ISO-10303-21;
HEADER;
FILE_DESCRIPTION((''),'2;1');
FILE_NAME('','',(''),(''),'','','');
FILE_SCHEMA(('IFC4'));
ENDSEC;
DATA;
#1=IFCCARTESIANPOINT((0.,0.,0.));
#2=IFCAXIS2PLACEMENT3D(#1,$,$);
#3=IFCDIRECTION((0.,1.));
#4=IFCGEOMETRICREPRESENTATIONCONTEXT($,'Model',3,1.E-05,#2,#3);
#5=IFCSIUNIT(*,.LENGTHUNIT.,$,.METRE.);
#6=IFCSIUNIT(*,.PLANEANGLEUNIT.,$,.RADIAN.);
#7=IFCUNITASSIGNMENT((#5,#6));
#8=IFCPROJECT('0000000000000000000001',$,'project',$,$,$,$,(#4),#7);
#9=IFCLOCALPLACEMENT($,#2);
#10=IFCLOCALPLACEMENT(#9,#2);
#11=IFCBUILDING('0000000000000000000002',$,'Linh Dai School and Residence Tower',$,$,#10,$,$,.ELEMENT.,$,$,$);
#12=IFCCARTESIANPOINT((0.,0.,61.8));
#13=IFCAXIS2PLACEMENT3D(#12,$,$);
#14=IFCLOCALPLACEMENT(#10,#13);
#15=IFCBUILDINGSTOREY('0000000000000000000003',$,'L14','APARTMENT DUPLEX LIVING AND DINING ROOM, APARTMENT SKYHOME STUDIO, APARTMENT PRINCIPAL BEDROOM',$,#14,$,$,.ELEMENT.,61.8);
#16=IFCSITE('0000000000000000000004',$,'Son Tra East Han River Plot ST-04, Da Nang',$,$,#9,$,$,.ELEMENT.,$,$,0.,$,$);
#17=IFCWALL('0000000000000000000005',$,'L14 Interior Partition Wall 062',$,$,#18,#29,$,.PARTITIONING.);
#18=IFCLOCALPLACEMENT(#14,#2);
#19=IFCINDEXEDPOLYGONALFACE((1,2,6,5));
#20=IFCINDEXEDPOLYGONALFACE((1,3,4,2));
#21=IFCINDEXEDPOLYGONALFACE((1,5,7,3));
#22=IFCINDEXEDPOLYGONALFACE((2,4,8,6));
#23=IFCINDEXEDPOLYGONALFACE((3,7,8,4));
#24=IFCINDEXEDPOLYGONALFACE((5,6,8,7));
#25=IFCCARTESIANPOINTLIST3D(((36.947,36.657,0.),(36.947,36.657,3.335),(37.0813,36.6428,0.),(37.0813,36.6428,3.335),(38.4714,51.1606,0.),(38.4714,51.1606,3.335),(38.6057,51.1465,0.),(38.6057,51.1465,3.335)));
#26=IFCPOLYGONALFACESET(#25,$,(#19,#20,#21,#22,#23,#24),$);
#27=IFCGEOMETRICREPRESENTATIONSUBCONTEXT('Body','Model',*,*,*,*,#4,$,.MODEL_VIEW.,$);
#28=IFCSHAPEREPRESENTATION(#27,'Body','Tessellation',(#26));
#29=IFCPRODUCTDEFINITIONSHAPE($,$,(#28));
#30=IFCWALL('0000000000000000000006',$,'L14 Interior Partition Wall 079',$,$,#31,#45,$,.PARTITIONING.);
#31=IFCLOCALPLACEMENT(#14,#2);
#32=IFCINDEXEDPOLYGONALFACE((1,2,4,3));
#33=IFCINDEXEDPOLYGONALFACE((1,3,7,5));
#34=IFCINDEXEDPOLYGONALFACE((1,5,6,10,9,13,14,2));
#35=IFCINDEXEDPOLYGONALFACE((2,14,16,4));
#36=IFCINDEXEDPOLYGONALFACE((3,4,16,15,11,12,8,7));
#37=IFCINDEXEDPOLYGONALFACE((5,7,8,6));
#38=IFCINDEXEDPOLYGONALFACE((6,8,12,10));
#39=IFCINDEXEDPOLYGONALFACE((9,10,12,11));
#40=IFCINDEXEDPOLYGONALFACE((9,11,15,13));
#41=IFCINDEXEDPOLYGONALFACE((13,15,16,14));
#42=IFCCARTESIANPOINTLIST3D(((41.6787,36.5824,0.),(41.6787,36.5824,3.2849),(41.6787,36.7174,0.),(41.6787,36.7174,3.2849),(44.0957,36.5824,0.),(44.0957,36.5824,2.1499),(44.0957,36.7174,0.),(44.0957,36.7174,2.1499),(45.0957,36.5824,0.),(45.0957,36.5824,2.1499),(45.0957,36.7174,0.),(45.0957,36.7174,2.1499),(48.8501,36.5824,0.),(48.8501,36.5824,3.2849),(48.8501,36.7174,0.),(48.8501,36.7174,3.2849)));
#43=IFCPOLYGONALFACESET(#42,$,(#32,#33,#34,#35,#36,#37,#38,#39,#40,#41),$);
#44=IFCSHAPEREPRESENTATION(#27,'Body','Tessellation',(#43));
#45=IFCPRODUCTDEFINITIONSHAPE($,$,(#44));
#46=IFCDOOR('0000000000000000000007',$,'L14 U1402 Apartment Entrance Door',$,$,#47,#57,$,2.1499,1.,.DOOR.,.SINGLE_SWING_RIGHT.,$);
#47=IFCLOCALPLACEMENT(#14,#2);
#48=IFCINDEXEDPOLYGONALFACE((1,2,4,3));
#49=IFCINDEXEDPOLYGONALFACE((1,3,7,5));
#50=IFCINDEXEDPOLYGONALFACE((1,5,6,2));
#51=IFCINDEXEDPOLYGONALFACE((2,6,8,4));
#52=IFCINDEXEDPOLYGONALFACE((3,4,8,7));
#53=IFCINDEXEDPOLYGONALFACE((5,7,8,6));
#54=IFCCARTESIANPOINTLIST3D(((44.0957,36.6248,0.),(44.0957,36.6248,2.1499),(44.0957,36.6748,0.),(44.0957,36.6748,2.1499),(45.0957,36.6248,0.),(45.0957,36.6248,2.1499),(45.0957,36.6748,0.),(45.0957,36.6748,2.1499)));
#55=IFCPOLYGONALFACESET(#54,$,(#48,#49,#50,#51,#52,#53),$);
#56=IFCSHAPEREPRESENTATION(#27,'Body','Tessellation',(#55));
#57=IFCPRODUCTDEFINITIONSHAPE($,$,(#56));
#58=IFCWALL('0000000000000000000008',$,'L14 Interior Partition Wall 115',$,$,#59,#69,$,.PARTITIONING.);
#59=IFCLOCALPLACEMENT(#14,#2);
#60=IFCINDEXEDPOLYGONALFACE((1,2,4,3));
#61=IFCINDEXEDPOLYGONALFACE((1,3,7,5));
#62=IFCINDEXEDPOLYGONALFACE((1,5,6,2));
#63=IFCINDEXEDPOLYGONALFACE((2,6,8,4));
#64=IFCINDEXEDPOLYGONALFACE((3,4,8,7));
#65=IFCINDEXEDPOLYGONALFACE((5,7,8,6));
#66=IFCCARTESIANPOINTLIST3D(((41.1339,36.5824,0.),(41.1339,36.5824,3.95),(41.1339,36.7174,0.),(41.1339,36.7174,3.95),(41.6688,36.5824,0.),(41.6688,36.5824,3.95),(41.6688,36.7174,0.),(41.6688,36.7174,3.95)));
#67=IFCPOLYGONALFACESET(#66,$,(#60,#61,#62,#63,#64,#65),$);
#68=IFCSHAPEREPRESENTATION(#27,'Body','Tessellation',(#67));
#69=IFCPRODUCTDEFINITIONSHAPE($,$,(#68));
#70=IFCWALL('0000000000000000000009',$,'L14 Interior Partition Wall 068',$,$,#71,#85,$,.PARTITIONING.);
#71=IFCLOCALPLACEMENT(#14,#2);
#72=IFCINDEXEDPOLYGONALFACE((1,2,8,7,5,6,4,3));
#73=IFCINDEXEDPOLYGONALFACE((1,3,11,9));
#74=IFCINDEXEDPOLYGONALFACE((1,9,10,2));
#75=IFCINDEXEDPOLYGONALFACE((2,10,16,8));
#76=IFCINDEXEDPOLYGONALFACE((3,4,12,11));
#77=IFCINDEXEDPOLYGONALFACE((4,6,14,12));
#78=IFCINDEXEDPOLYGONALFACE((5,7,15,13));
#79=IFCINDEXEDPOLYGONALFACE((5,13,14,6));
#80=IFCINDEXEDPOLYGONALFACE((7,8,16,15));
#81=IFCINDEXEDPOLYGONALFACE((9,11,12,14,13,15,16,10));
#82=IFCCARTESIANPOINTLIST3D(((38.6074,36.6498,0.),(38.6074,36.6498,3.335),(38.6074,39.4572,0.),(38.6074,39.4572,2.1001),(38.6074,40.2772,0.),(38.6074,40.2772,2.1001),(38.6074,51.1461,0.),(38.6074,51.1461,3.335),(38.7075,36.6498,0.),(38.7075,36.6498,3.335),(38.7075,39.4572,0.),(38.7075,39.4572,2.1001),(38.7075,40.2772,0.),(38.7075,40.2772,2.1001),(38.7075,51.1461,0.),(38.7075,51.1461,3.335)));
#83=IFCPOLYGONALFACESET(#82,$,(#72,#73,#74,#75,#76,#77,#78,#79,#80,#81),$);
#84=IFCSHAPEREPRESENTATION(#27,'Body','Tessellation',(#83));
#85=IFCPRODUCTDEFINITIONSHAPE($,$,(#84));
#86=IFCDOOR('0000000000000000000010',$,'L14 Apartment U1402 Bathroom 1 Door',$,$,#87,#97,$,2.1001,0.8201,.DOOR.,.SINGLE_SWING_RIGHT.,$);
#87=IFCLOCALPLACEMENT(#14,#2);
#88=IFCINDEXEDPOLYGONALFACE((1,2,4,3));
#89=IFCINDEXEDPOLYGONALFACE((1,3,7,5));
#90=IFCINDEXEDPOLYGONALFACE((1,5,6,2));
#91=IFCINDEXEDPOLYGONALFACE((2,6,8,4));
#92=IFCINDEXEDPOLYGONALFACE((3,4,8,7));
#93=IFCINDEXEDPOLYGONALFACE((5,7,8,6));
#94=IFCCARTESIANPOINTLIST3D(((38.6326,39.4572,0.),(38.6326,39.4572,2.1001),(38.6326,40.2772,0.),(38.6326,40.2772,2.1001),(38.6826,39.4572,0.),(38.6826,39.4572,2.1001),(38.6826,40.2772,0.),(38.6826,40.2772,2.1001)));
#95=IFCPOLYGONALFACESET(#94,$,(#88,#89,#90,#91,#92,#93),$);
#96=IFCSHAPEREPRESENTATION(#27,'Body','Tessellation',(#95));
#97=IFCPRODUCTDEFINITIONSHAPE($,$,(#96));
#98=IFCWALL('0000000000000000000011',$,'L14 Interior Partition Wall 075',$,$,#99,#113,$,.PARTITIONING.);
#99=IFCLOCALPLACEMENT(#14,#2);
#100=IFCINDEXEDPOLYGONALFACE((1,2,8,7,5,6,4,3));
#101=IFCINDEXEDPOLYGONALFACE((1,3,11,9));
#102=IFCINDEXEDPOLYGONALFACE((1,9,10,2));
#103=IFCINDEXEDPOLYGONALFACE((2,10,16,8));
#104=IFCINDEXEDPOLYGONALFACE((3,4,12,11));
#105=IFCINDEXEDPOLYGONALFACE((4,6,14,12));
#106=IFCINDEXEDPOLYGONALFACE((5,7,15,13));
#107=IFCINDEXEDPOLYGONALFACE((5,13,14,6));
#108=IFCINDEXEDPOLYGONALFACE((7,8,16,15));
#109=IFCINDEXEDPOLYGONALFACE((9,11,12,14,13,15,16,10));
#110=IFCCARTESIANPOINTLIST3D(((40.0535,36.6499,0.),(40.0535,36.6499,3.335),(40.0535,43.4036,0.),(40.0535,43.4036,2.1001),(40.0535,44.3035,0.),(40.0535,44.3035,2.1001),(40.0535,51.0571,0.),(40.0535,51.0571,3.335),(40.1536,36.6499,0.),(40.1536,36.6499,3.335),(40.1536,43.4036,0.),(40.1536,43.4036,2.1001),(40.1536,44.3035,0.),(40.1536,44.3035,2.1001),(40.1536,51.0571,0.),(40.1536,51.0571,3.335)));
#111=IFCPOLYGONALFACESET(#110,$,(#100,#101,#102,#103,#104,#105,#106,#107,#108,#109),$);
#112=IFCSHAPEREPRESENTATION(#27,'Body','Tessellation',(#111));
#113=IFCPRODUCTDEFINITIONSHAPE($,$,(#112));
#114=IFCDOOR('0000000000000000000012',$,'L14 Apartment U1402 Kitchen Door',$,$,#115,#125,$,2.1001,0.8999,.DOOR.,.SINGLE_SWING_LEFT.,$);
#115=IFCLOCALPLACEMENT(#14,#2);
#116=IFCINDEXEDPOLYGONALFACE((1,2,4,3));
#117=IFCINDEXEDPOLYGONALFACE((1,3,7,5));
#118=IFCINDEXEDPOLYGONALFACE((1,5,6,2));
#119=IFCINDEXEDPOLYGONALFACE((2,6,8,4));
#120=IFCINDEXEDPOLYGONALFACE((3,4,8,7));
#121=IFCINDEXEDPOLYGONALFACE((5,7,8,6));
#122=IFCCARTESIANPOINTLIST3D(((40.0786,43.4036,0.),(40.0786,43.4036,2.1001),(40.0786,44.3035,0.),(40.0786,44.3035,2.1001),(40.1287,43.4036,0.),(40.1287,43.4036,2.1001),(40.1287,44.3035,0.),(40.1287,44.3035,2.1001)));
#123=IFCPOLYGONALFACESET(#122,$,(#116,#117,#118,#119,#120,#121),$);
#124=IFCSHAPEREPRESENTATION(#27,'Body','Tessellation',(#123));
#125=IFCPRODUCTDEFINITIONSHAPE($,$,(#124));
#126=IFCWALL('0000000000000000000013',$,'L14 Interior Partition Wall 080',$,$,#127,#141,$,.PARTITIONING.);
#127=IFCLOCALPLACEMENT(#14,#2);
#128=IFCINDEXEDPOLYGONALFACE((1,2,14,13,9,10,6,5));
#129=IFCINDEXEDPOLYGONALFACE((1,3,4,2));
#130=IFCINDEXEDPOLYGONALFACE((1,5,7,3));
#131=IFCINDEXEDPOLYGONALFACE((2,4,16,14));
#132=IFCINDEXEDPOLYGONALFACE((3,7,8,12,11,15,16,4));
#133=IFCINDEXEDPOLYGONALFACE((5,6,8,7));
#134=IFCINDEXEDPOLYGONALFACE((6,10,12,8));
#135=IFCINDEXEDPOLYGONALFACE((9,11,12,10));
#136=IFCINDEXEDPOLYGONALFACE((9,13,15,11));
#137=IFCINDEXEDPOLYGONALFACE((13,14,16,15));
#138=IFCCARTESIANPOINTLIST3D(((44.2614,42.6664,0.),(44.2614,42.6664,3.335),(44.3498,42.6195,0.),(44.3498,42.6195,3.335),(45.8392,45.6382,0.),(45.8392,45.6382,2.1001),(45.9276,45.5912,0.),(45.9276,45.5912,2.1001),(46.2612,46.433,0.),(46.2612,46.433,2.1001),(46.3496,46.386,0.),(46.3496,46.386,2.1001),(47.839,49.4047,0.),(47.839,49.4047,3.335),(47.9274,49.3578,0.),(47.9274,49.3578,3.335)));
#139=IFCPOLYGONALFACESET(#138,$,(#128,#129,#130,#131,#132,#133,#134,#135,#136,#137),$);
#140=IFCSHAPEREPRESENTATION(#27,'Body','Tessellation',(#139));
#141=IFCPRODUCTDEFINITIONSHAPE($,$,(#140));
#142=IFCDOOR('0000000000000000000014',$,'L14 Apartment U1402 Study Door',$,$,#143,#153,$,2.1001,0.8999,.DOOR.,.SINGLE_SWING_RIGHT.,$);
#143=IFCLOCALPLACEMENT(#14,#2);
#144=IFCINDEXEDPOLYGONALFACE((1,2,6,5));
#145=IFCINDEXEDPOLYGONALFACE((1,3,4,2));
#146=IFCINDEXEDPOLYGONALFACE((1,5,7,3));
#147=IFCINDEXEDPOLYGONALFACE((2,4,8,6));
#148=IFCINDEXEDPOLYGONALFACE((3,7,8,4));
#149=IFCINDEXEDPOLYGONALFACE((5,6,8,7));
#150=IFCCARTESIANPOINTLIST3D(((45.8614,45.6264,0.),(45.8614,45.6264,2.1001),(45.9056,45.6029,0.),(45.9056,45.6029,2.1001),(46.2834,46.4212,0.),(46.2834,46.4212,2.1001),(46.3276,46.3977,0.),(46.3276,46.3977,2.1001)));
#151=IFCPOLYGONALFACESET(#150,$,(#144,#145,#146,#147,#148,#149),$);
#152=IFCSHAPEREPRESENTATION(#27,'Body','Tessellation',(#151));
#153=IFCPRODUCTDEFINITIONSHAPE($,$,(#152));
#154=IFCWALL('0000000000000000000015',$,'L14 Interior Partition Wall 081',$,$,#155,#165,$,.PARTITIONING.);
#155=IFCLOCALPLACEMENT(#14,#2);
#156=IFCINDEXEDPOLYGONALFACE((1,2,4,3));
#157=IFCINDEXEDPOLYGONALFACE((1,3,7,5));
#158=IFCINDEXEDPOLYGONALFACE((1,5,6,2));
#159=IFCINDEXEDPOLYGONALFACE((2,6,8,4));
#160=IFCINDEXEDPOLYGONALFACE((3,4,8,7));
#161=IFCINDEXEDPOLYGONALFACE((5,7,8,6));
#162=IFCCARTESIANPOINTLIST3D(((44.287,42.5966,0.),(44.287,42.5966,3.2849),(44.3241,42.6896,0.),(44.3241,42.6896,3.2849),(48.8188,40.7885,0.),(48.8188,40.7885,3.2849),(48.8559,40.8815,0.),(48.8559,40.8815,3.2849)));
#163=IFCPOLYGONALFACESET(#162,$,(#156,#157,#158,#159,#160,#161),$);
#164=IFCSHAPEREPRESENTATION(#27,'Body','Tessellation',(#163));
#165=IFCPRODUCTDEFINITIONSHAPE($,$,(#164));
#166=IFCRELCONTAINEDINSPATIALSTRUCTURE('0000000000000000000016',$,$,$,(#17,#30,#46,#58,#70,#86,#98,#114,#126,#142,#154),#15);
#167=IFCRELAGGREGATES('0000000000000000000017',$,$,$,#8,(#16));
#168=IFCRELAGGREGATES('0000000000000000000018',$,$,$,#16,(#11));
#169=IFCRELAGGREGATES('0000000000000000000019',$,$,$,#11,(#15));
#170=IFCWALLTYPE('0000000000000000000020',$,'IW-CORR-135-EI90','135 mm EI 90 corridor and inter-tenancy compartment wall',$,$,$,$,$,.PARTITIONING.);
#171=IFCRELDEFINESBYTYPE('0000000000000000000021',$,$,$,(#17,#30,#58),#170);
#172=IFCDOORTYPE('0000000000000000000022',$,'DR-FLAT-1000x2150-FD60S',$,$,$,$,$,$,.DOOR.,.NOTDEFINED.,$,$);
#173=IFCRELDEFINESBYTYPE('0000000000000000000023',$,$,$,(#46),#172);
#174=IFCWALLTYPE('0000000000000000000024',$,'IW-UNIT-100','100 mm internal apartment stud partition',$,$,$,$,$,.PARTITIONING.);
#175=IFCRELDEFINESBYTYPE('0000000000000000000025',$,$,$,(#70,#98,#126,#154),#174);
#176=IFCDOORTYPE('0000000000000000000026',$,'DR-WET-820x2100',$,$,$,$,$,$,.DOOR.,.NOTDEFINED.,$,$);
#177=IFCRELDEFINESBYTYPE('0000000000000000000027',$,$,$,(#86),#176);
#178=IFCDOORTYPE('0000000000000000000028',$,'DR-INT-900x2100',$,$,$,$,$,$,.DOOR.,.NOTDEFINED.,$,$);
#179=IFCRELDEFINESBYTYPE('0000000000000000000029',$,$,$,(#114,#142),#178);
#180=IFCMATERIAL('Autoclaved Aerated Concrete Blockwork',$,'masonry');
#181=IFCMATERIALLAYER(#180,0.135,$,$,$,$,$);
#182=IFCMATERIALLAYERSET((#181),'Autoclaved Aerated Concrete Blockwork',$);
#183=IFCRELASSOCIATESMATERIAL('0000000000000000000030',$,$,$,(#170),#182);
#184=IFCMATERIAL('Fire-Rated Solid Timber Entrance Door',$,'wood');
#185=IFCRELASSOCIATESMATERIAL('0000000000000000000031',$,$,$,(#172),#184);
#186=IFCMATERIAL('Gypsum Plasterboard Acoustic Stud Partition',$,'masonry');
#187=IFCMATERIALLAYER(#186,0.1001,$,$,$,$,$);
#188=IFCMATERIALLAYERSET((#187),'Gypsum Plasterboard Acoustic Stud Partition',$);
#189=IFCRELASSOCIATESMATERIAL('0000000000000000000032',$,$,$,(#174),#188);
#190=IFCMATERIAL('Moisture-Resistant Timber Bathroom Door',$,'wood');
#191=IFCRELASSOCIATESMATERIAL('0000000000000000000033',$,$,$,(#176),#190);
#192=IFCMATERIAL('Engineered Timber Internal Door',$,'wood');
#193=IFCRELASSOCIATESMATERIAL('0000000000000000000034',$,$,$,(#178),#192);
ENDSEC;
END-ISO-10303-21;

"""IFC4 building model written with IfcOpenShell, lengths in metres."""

from ifc_helpers import new_model, si_unit, direction, frame, frame_2d, origin, origin_2d, place, context, subcontext, project, spatial, rectangle, extrude, source, transform, mapped, material, layer, layer_set, type_object, element, fill, save


model = new_model("IFC4")

# Units and contexts
model_context = context("Model", 3, precision=1e-05, world=origin(), true_north=direction((0.0, 1.0)))
body_context = subcontext(model_context, "Body", "Model", "MODEL_VIEW")
ifc_project = project(units=[si_unit("LENGTHUNIT", "METRE"), si_unit("PLANEANGLEUNIT", "RADIAN")], contexts=[model_context])

# Site, building, storey
site_placement = place(None, origin())
site = spatial("IfcSite", under=ifc_project, at=site_placement, Name="Son Tra East Han River Plot ST-04, Da Nang", CompositionType="ELEMENT", RefElevation=0.0)
building_placement = place(site_placement, origin())
building = spatial("IfcBuilding", under=site, at=building_placement, Name="Linh Dai School and Residence Tower", CompositionType="ELEMENT")
storey_placement = place(building_placement, frame((0.0, 0.0, 61.8)))
storey = spatial("IfcBuildingStorey", under=building, at=storey_placement, Name="L14", Description="APARTMENT DUPLEX LIVING AND DINING ROOM, APARTMENT SKYHOME STUDIO, APARTMENT PRINCIPAL BEDROOM", CompositionType="ELEMENT", Elevation=61.8)

# Wall
ifc_material_1 = material(Name="Autoclaved Aerated Concrete Blockwork", Category="masonry")
ifc_layer_1 = layer(ifc_material_1, 0.135)
ifc_layer_set_1 = layer_set([ifc_layer_1], Name="Autoclaved Aerated Concrete Blockwork")
wall_type_1 = type_object("IfcWallType", Name="IW-CORR-135-EI90", Description="135 mm EI 90 corridor and inter-tenancy compartment wall", PredefinedType="PARTITIONING", material=ifc_layer_set_1)
wall_1_placement = place(storey_placement, frame((37.0142, 36.6499, 0.0), z_axis=(0.0, 0.0, 1.0), x_axis=(0.10453, 0.994522, 0.0)))
element("IfcWall", 1, at=wall_1_placement, inside=storey, type_object=wall_type_1, Name="L14 Interior Partition Wall 062", PredefinedType="PARTITIONING", context=body_context, shape_type="SweptSolid", body=[
    extrude(rectangle(XDim=14.5835, YDim=0.135, at=frame_2d((7.2917, 0.0))), origin(), (0.0, 0.0, 1.0), 3.335),
])

# Wall, opening, door
wall_2_placement = place(storey_placement, frame((41.6787, 36.6499, 0.0), z_axis=(0.0, 0.0, 1.0), x_axis=(1.0, 0.0, 0.0)))
wall_2 = element("IfcWall", 2, at=wall_2_placement, inside=storey, type_object=wall_type_1, Name="L14 Interior Partition Wall 079", PredefinedType="PARTITIONING", context=body_context, shape_type="SweptSolid", body=[
    extrude(rectangle(XDim=7.1714, YDim=0.135, at=frame_2d((3.5857, 0.0))), origin(), (0.0, 0.0, 1.0), 3.2849),
])
opening_1_placement = place(wall_2_placement, frame((2.417, 0.0, 0.0)))
opening_1 = element("IfcOpeningElement", 3, at=opening_1_placement, cuts=wall_2, PredefinedType="OPENING", context=body_context, shape_type="SweptSolid", body=[
    extrude(rectangle(XDim=1.0, YDim=2.1499, at=origin_2d()), frame((0.5, 0.0776, 1.075), z_axis=(0.0, -1.0, 0.0), x_axis=(1.0, 0.0, 0.0)), (0.0, 0.0, 1.0), 0.155),
])
ifc_material_2 = material(Name="Fire-Rated Solid Timber Entrance Door", Category="wood")
door_type_1 = type_object("IfcDoorType", Name="DR-FLAT-1000x2150-FD60S", OperationType="NOTDEFINED", PredefinedType="DOOR", material=ifc_material_2)
shared_shape_1 = source(origin(), body_context, "Body", "SweptSolid", [
    extrude(rectangle(XDim=1.0, YDim=2.1499, at=origin_2d()), frame((0.5, 0.0249, 1.075), z_axis=(0.0, -1.0, 0.0), x_axis=(1.0, 0.0, 0.0)), (0.0, 0.0, 1.0), 0.05),
])
door_1_placement = place(opening_1_placement, origin())
door_1 = element("IfcDoor", 4, at=door_1_placement, inside=storey, type_object=door_type_1, Name="L14 U1402 Apartment Entrance Door", OperationType="SINGLE_SWING_RIGHT", OverallHeight=2.1499, OverallWidth=1.0, PredefinedType="DOOR", context=body_context, shape_type="MappedRepresentation", body=[
    mapped(shared_shape_1, transform((0.0, 0.0, 0.0), x_axis=(1.0, 0.0, 0.0), y_axis=(0.0, 1.0, 0.0), z_axis=(0.0, 0.0, 1.0), scale=1.0)),
])
fill(opening_1, door_1)

# Wall
wall_3_placement = place(storey_placement, frame((41.1338, 36.6499, 0.0), z_axis=(0.0, 0.0, 1.0), x_axis=(1.0, 0.0, 0.0)))
element("IfcWall", 5, at=wall_3_placement, inside=storey, type_object=wall_type_1, Name="L14 Interior Partition Wall 115", PredefinedType="PARTITIONING", context=body_context, shape_type="SweptSolid", body=[
    extrude(rectangle(XDim=0.5349, YDim=0.135, at=frame_2d((0.2676, 0.0))), origin(), (0.0, 0.0, 1.0), 3.95),
])

# Walls, openings, doors
ifc_material_3 = material(Name="Gypsum Plasterboard Acoustic Stud Partition", Category="masonry")
ifc_layer_2 = layer(ifc_material_3, 0.1001)
ifc_layer_set_2 = layer_set([ifc_layer_2], Name="Gypsum Plasterboard Acoustic Stud Partition")
wall_type_2 = type_object("IfcWallType", Name="IW-UNIT-100", Description="100 mm internal apartment stud partition", PredefinedType="PARTITIONING", material=ifc_layer_set_2)
wall_4_placement = place(storey_placement, frame((38.6575, 36.6499, 0.0), z_axis=(0.0, 0.0, 1.0), x_axis=(0.0, 1.0, 0.0)))
wall_4 = element("IfcWall", 6, at=wall_4_placement, inside=storey, type_object=wall_type_2, Name="L14 Interior Partition Wall 068", PredefinedType="PARTITIONING", context=body_context, shape_type="SweptSolid", body=[
    extrude(rectangle(XDim=14.4963, YDim=0.1001, at=frame_2d((7.248, 0.0))), origin(), (0.0, 0.0, 1.0), 3.335),
])
opening_2_placement = place(wall_4_placement, frame((2.8071, 0.0, 0.0)))
opening_2 = element("IfcOpeningElement", 7, at=opening_2_placement, cuts=wall_4, PredefinedType="OPENING", context=body_context, shape_type="SweptSolid", body=[
    extrude(rectangle(XDim=0.8201, YDim=2.1001, at=origin_2d()), frame((0.4102, 0.0601, 1.05), z_axis=(0.0, -1.0, 0.0), x_axis=(1.0, 0.0, 0.0)), (0.0, 0.0, 1.0), 0.1201),
])
ifc_material_4 = material(Name="Moisture-Resistant Timber Bathroom Door", Category="wood")
door_type_2 = type_object("IfcDoorType", Name="DR-WET-820x2100", OperationType="NOTDEFINED", PredefinedType="DOOR", material=ifc_material_4)
shared_shape_2 = source(origin(), body_context, "Body", "SweptSolid", [
    extrude(rectangle(XDim=0.8201, YDim=2.1001, at=origin_2d()), frame((0.4102, 0.0249, 1.05), z_axis=(0.0, -1.0, 0.0), x_axis=(1.0, 0.0, 0.0)), (0.0, 0.0, 1.0), 0.05),
])
door_2_placement = place(opening_2_placement, origin())
door_2 = element("IfcDoor", 8, at=door_2_placement, inside=storey, type_object=door_type_2, Name="L14 Apartment U1402 Bathroom 1 Door", OperationType="SINGLE_SWING_RIGHT", OverallHeight=2.1001, OverallWidth=0.8201, PredefinedType="DOOR", context=body_context, shape_type="MappedRepresentation", body=[
    mapped(shared_shape_2, transform((0.0, 0.0, 0.0), x_axis=(1.0, 0.0, 0.0), y_axis=(0.0, 1.0, 0.0), z_axis=(0.0, 0.0, 1.0), scale=1.0)),
])
fill(opening_2, door_2)
wall_5_placement = place(storey_placement, frame((40.1035, 36.6499, 0.0), z_axis=(0.0, 0.0, 1.0), x_axis=(0.0, 1.0, 0.0)))
wall_5 = element("IfcWall", 9, at=wall_5_placement, inside=storey, type_object=wall_type_2, Name="L14 Interior Partition Wall 075", PredefinedType="PARTITIONING", context=body_context, shape_type="SweptSolid", body=[
    extrude(rectangle(XDim=14.4072, YDim=0.1001, at=frame_2d((7.2036, 0.0))), origin(), (0.0, 0.0, 1.0), 3.335),
])
opening_3_placement = place(wall_5_placement, frame((6.7537, 0.0, 0.0)))
opening_3 = element("IfcOpeningElement", 10, at=opening_3_placement, cuts=wall_5, PredefinedType="OPENING", context=body_context, shape_type="SweptSolid", body=[
    extrude(rectangle(XDim=0.8999, YDim=2.1001, at=origin_2d()), frame((0.45, 0.0601, 1.05), z_axis=(0.0, -1.0, 0.0), x_axis=(1.0, 0.0, 0.0)), (0.0, 0.0, 1.0), 0.1201),
])
ifc_material_5 = material(Name="Engineered Timber Internal Door", Category="wood")
door_type_3 = type_object("IfcDoorType", Name="DR-INT-900x2100", OperationType="NOTDEFINED", PredefinedType="DOOR", material=ifc_material_5)
shared_shape_3 = source(origin(), body_context, "Body", "SweptSolid", [
    extrude(rectangle(XDim=0.8999, YDim=2.1001, at=origin_2d()), frame((0.45, 0.0249, 1.05), z_axis=(0.0, -1.0, 0.0), x_axis=(1.0, 0.0, 0.0)), (0.0, 0.0, 1.0), 0.05),
])
door_3_placement = place(opening_3_placement, origin())
door_3 = element("IfcDoor", 11, at=door_3_placement, inside=storey, type_object=door_type_3, Name="L14 Apartment U1402 Kitchen Door", OperationType="SINGLE_SWING_LEFT", OverallHeight=2.1001, OverallWidth=0.8999, PredefinedType="DOOR", context=body_context, shape_type="MappedRepresentation", body=[
    mapped(shared_shape_3, transform((0.0, 0.0, 0.0), x_axis=(1.0, 0.0, 0.0), y_axis=(0.0, 1.0, 0.0), z_axis=(0.0, 0.0, 1.0), scale=1.0)),
])
fill(opening_3, door_3)
wall_6_placement = place(storey_placement, frame((44.3057, 42.6431, 0.0), z_axis=(0.0, 0.0, 1.0), x_axis=(0.468943, 0.883228, 0.0)))
wall_6 = element("IfcWall", 12, at=wall_6_placement, inside=storey, type_object=wall_type_2, Name="L14 Interior Partition Wall 080", PredefinedType="PARTITIONING", context=body_context, shape_type="SweptSolid", body=[
    extrude(rectangle(XDim=7.6292, YDim=0.1001, at=frame_2d((3.8145, 0.0))), origin(), (0.0, 0.0, 1.0), 3.335),
])
opening_4_placement = place(wall_6_placement, frame((3.3645, 0.0, 0.0)))
opening_4 = element("IfcOpeningElement", 13, at=opening_4_placement, cuts=wall_6, PredefinedType="OPENING", context=body_context, shape_type="SweptSolid", body=[
    extrude(rectangle(XDim=0.8999, YDim=2.1001, at=origin_2d()), frame((0.45, 0.0601, 1.05), z_axis=(0.0, -1.0, 0.0), x_axis=(1.0, 0.0, 0.0)), (0.0, 0.0, 1.0), 0.1201),
])
door_4_placement = place(opening_4_placement, origin())
door_4 = element("IfcDoor", 14, at=door_4_placement, inside=storey, type_object=door_type_3, Name="L14 Apartment U1402 Study Door", OperationType="SINGLE_SWING_RIGHT", OverallHeight=2.1001, OverallWidth=0.8999, PredefinedType="DOOR", context=body_context, shape_type="MappedRepresentation", body=[
    mapped(shared_shape_3, transform((0.0, 0.0, 0.0), x_axis=(1.0, 0.0, 0.0), y_axis=(0.0, 1.0, 0.0), z_axis=(0.0, 0.0, 1.0), scale=1.0)),
])
fill(opening_4, door_4)

# Wall
wall_7_placement = place(storey_placement, frame((44.3057, 42.6431, 0.0), z_axis=(0.0, 0.0, 1.0), x_axis=(0.928801, -0.37058, 0.0)))
element("IfcWall", 15, at=wall_7_placement, inside=storey, type_object=wall_type_2, Name="L14 Interior Partition Wall 081", PredefinedType="PARTITIONING", context=body_context, shape_type="SweptSolid", body=[
    extrude(rectangle(XDim=4.8792, YDim=0.1001, at=frame_2d((2.4395, 0.0))), origin(), (0.0, 0.0, 1.0), 3.2849),
])

save(model, "model.ifc")
